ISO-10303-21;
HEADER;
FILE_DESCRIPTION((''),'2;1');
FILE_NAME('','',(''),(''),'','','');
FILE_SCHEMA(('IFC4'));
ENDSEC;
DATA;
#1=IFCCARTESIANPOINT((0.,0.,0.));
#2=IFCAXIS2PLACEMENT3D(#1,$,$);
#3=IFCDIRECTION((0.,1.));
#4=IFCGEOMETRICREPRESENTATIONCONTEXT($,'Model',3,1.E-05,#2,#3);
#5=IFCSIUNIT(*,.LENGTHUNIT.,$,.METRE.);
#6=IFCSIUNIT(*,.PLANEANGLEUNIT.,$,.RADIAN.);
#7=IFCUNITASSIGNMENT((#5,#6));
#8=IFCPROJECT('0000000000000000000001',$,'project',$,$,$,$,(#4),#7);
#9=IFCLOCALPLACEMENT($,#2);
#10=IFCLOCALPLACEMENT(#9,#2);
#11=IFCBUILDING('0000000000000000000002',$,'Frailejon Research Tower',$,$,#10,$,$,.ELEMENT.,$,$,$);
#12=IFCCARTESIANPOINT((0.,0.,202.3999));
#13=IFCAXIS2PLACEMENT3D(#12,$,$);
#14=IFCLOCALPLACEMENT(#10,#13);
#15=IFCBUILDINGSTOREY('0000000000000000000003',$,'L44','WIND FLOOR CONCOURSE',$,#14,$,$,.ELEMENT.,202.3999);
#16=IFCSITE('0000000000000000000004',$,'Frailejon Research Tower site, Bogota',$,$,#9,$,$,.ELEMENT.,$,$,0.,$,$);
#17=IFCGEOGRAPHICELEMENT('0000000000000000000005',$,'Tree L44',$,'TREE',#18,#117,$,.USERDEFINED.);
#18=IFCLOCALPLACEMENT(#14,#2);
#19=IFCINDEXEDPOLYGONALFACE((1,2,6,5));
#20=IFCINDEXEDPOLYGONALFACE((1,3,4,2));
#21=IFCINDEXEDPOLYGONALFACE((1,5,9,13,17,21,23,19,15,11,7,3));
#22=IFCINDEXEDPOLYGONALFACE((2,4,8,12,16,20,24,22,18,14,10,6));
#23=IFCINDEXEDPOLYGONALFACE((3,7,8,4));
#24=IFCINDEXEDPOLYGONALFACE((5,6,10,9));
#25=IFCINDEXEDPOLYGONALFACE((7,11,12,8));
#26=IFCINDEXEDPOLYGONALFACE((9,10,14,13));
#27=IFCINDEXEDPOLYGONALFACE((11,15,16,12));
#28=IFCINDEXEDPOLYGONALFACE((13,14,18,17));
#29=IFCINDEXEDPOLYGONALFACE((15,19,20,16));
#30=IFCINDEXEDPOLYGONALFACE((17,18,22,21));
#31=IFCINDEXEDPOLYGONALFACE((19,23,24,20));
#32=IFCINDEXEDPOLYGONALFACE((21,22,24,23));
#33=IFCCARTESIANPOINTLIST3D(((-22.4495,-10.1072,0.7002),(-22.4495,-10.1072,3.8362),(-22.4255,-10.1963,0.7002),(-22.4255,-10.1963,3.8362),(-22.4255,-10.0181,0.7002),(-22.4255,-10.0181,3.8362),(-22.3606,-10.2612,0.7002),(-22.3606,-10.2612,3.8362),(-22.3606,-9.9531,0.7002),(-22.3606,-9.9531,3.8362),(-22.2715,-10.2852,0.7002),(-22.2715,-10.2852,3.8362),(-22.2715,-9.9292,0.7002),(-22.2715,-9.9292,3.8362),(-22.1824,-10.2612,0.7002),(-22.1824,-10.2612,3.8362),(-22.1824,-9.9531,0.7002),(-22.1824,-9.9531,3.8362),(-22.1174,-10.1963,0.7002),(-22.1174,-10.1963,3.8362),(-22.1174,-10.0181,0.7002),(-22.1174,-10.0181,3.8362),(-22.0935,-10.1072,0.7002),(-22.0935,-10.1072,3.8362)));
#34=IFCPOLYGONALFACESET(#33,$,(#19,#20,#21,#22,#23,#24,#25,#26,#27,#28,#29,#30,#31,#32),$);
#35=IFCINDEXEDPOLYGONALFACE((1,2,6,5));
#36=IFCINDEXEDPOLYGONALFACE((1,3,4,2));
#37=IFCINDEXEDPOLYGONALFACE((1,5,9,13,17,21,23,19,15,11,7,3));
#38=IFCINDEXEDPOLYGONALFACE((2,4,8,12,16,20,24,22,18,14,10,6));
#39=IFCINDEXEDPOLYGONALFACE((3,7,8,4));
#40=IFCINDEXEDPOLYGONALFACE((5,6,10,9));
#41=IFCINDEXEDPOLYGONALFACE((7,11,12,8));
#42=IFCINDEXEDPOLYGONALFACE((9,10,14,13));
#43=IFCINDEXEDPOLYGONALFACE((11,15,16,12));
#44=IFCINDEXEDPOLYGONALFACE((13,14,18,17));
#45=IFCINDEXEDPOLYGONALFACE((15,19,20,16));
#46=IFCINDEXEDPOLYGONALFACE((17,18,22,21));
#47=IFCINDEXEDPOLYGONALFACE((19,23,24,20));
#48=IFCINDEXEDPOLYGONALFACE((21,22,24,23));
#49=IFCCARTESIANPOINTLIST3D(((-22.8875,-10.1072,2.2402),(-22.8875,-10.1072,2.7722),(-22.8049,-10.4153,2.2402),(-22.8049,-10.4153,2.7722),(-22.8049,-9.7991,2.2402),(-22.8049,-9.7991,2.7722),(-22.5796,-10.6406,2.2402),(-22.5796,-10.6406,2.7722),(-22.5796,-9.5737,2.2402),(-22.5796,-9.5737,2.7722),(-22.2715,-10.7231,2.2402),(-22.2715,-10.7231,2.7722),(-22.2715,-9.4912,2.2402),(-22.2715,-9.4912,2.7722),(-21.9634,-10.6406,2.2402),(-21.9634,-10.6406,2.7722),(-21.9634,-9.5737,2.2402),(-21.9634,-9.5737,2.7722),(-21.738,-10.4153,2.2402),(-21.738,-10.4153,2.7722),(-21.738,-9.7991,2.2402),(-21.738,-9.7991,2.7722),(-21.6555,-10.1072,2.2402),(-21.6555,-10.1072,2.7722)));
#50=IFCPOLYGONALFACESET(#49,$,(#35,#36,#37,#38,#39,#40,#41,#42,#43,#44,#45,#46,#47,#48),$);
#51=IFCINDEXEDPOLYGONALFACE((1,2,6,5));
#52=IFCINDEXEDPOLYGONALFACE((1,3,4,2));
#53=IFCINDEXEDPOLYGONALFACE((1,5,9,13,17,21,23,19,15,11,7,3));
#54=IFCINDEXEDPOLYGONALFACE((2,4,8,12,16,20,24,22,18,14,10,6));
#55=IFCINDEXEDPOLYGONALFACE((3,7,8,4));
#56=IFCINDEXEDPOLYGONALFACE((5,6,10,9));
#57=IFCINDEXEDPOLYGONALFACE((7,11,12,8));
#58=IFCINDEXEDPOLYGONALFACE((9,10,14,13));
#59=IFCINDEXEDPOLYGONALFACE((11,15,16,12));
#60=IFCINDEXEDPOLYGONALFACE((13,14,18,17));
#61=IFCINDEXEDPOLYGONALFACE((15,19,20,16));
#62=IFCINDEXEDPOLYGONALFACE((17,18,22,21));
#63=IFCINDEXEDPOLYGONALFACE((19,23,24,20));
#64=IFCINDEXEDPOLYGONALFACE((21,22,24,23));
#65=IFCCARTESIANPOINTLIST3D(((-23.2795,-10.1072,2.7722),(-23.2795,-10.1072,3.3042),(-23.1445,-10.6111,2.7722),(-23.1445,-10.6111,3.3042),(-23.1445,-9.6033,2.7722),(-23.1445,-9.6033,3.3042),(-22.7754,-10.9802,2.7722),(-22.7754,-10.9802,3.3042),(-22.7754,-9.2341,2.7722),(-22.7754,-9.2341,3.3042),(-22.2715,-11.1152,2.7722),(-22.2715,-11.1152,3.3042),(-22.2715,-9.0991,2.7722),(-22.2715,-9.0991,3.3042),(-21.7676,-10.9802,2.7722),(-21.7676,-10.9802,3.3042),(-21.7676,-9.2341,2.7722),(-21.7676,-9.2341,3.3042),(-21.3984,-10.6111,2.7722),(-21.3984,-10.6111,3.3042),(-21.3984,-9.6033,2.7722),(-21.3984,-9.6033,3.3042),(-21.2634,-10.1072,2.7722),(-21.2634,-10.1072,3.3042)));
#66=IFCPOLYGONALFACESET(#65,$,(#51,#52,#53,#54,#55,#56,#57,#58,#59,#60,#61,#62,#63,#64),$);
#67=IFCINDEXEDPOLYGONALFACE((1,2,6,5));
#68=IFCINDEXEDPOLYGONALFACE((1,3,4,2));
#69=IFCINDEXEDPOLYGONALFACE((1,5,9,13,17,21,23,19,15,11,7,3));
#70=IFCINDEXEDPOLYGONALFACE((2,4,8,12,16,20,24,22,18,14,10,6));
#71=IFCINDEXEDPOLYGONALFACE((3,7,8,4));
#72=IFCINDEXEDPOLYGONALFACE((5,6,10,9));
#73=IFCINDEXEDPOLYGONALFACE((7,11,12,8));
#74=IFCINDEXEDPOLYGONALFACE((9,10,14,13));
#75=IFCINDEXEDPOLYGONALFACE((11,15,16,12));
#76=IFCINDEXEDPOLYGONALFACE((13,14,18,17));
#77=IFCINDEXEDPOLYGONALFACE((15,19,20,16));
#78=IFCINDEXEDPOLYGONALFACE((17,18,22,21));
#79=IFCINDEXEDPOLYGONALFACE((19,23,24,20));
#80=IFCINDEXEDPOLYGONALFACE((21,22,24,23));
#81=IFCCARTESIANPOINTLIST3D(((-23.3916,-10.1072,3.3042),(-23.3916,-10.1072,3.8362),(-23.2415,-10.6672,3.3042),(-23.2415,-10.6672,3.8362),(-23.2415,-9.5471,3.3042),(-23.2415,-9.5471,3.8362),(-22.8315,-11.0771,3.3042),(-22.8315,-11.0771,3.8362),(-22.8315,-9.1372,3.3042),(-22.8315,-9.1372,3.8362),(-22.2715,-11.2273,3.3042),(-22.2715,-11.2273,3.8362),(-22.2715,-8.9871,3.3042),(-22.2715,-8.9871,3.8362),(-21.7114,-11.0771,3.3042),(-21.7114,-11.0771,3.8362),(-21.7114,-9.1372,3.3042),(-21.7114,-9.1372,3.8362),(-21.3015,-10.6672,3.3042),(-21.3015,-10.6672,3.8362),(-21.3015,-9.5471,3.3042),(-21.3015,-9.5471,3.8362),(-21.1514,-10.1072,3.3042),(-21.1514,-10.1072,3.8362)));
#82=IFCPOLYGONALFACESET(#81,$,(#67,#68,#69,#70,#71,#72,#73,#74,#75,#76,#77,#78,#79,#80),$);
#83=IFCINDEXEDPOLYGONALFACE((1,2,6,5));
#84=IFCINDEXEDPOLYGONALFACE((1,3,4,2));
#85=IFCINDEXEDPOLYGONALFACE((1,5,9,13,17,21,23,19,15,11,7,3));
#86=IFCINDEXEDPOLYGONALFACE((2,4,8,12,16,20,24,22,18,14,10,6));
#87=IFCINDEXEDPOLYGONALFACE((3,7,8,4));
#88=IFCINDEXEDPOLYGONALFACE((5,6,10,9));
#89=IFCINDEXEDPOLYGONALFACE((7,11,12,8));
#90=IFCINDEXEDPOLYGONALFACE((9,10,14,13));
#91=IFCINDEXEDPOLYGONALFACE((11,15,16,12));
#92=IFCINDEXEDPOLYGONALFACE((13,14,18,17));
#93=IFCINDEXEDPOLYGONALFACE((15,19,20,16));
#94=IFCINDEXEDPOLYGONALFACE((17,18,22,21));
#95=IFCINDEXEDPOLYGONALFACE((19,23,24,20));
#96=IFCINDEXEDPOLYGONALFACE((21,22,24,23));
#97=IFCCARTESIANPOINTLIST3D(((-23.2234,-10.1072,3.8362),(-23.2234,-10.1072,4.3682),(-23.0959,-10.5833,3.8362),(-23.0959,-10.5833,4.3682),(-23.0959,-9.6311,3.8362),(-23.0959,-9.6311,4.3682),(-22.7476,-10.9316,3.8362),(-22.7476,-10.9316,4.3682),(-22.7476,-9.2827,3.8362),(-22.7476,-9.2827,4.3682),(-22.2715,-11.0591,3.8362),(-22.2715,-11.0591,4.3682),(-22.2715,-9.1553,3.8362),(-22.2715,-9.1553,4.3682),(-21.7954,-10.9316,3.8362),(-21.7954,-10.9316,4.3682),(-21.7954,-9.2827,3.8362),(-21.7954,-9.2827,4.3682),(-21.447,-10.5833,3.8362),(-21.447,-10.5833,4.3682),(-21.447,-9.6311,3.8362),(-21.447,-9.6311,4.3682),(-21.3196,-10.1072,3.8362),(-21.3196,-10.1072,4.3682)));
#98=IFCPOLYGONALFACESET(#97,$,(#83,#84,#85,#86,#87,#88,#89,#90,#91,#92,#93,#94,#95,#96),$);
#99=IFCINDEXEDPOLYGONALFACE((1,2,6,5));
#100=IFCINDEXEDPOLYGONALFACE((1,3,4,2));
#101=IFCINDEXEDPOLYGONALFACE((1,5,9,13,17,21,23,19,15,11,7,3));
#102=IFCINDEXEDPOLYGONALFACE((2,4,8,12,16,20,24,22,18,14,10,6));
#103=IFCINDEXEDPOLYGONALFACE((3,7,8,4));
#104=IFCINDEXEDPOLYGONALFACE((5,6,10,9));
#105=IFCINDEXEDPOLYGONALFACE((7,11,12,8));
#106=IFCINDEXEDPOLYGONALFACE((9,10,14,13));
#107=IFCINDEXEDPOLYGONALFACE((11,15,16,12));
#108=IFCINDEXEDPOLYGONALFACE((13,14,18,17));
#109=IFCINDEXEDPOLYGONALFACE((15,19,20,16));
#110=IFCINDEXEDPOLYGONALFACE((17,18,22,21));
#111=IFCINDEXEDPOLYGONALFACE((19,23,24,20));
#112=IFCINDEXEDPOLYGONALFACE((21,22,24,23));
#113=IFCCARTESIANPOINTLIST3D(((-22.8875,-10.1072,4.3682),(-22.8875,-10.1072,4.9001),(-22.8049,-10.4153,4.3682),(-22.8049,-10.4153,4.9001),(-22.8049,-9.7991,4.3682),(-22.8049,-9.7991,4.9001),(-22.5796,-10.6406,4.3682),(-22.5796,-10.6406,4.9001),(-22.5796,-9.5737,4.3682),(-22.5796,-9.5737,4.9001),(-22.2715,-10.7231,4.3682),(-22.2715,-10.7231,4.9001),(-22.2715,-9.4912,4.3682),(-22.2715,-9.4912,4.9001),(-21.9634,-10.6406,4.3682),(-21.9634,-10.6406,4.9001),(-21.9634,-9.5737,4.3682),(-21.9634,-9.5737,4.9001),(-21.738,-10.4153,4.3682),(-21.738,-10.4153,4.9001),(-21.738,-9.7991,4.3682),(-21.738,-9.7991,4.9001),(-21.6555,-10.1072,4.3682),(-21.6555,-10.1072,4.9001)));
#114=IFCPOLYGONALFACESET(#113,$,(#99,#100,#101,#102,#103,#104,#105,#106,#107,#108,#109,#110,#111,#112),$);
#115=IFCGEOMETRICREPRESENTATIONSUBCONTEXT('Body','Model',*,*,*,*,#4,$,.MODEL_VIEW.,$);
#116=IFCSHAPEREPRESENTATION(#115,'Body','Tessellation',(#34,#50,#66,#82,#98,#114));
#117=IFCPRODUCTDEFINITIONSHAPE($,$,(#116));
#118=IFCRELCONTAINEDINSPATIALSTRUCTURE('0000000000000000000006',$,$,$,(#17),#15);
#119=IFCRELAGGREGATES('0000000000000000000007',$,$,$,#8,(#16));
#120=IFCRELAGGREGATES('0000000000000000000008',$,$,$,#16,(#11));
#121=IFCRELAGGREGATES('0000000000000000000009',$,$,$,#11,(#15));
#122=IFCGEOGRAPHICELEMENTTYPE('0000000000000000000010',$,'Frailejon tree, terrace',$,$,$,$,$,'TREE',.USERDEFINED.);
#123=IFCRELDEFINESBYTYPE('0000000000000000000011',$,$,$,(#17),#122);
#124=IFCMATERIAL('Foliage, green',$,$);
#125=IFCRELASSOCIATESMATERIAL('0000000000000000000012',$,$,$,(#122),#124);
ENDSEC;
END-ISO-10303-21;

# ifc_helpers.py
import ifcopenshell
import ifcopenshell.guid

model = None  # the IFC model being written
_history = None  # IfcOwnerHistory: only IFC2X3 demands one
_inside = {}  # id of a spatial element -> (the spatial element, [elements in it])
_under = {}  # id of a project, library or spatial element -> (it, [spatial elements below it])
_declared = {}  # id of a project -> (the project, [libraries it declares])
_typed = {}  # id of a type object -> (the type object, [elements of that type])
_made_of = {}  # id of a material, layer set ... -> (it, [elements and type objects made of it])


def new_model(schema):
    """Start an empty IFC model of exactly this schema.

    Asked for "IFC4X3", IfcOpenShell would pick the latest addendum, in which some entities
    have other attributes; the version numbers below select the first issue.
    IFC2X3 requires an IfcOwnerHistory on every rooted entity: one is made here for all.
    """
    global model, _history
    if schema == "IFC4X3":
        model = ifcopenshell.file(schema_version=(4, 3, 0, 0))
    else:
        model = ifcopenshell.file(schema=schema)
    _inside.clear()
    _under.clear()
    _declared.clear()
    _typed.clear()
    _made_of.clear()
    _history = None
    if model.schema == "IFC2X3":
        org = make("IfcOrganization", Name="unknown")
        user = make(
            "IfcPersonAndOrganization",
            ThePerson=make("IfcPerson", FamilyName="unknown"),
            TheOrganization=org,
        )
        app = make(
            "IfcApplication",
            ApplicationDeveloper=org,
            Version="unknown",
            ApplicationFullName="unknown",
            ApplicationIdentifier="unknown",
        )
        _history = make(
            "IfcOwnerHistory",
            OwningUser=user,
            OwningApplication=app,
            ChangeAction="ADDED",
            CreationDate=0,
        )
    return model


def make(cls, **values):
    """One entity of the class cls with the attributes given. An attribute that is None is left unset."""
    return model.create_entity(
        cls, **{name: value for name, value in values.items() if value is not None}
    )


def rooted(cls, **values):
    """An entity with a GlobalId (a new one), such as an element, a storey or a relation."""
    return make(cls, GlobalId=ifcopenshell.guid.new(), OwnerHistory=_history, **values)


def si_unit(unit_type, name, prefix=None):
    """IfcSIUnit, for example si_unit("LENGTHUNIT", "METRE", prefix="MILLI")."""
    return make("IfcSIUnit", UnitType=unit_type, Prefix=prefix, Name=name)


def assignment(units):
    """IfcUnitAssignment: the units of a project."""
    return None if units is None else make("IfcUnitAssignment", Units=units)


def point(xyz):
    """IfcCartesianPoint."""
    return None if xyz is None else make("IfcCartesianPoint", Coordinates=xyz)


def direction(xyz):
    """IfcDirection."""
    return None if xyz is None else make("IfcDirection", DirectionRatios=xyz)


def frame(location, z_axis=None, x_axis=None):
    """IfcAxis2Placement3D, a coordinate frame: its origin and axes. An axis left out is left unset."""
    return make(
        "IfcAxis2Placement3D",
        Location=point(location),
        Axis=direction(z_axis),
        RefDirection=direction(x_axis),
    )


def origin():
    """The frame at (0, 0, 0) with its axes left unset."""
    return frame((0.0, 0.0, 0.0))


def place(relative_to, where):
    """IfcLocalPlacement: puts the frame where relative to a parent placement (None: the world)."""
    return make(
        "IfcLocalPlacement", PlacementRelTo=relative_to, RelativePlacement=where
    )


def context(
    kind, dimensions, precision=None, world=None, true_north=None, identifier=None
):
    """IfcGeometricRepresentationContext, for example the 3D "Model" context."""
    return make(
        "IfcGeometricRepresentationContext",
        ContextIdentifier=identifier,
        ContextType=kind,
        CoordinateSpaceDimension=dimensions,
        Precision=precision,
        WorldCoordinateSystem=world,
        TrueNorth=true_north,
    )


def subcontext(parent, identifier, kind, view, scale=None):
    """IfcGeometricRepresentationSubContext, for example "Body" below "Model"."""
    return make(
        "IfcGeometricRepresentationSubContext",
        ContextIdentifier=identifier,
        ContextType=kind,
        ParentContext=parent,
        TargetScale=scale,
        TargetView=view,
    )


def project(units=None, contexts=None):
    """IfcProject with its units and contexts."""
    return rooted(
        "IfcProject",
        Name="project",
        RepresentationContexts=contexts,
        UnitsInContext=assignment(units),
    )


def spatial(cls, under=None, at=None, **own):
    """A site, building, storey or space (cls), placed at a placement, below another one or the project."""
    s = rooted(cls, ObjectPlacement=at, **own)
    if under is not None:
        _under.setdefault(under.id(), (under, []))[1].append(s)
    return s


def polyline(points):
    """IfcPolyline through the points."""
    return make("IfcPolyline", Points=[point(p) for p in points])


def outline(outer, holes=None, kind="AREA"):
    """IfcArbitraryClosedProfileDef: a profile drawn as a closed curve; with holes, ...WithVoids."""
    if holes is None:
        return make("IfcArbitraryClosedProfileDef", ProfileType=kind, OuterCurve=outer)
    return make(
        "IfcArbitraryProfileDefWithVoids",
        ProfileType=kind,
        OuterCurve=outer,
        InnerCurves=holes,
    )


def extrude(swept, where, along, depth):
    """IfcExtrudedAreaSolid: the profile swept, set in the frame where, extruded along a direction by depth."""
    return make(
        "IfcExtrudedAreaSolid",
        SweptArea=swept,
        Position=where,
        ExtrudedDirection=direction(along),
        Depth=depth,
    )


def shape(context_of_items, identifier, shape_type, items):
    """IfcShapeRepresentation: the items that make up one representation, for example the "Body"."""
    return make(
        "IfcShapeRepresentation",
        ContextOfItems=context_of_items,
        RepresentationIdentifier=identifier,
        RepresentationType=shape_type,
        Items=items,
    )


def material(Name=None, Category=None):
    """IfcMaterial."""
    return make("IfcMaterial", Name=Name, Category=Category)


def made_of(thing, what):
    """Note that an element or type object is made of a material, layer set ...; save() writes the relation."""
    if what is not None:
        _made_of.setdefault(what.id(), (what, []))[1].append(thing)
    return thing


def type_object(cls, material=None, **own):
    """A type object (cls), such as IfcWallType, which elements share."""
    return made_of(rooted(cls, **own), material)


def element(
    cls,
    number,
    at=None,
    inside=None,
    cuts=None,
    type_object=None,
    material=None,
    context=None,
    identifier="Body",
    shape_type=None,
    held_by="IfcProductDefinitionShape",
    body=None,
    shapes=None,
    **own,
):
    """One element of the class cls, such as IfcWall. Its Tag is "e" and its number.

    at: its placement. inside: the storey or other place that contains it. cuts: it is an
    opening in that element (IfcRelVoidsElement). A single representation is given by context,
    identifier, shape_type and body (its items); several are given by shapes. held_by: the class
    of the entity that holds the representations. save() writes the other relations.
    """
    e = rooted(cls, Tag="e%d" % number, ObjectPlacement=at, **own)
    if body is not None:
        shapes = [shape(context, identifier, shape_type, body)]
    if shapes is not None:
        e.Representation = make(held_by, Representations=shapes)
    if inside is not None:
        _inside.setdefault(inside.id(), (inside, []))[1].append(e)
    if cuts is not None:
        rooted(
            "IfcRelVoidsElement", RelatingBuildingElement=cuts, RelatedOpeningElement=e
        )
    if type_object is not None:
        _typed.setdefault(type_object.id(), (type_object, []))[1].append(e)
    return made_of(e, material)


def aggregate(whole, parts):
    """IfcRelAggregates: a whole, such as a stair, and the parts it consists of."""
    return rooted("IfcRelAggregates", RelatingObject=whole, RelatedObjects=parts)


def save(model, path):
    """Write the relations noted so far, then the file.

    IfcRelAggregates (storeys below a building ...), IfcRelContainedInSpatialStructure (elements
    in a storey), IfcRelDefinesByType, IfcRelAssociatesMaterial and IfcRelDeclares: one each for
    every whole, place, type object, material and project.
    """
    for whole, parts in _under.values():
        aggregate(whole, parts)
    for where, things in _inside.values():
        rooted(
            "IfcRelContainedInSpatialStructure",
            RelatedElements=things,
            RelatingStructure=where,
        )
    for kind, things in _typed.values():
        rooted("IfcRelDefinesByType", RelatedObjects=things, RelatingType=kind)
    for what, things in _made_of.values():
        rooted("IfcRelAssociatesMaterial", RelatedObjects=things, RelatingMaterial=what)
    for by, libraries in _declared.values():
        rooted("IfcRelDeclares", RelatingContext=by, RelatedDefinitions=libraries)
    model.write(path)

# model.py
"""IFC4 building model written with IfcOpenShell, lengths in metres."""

from ifc_helpers import new_model, si_unit, direction, frame, origin, place, context, subcontext, project, spatial, polyline, outline, extrude, material, type_object, element, save


model = new_model("IFC4")

# Units and contexts
model_context = context("Model", 3, precision=1e-05, world=origin(), true_north=direction((0.0, 1.0)))
body_context = subcontext(model_context, "Body", "Model", "MODEL_VIEW")
ifc_project = project(units=[si_unit("LENGTHUNIT", "METRE"), si_unit("PLANEANGLEUNIT", "RADIAN")], contexts=[model_context])

# Site, building, storey
site_placement = place(None, origin())
site = spatial("IfcSite", under=ifc_project, at=site_placement, Name="Frailejon Research Tower site, Bogota", CompositionType="ELEMENT", RefElevation=0.0)
building_placement = place(site_placement, origin())
building = spatial("IfcBuilding", under=site, at=building_placement, Name="Frailejon Research Tower", CompositionType="ELEMENT")
storey_placement = place(building_placement, frame((0.0, 0.0, 202.3999)))
storey = spatial("IfcBuildingStorey", under=building, at=storey_placement, Name="L44", Description="WIND FLOOR CONCOURSE", CompositionType="ELEMENT", Elevation=202.3999)

# Geographic element
ifc_material_1 = material(Name="Foliage, green")
geographic_element_type = type_object("IfcGeographicElementType", Name="Frailejon tree, terrace", ElementType="TREE", PredefinedType="USERDEFINED", material=ifc_material_1)
geographic_element_placement = place(storey_placement, frame((-22.2715, -10.1072, 0.7002)))
element("IfcGeographicElement", 1, at=geographic_element_placement, inside=storey, type_object=geographic_element_type, Name="Tree L44", ObjectType="TREE", PredefinedType="USERDEFINED", context=body_context, shape_type="SweptSolid", body=[
    extrude(outline(polyline([(0.178, 0.0), (0.1541, 0.0891), (0.0891, 0.1541), (0.0, 0.178), (-0.0891, 0.1541), (-0.1541, 0.0891), (-0.178, 0.0), (-0.1541, -0.0891), (-0.0891, -0.1541), (0.0, -0.178), (0.0891, -0.1541), (0.1541, -0.0891), (0.178, 0.0)])), origin(), (0.0, 0.0, 1.0), 3.136),
    extrude(outline(polyline([(0.616, 0.0), (0.5334, 0.3081), (0.3081, 0.5334), (0.0, 0.616), (-0.3081, 0.5334), (-0.5334, 0.3081), (-0.616, 0.0), (-0.5334, -0.3081), (-0.3081, -0.5334), (0.0, -0.616), (0.3081, -0.5334), (0.5334, -0.3081), (0.616, 0.0)])), frame((0.0, 0.0, 1.54)), (0.0, 0.0, 1.0), 0.532),
    extrude(outline(polyline([(1.0081, 0.0), (0.873, 0.5039), (0.5039, 0.873), (0.0, 1.0081), (-0.5039, 0.873), (-0.873, 0.5039), (-1.0081, 0.0), (-0.873, -0.5039), (-0.5039, -0.873), (0.0, -1.0081), (0.5039, -0.873), (0.873, -0.5039), (1.0081, 0.0)])), frame((0.0, 0.0, 2.072)), (0.0, 0.0, 1.0), 0.532),
    extrude(outline(polyline([(1.1201, 0.0), (0.97, 0.5601), (0.5601, 0.97), (0.0, 1.1201), (-0.5601, 0.97), (-0.97, 0.5601), (-1.1201, 0.0), (-0.97, -0.5601), (-0.5601, -0.97), (0.0, -1.1201), (0.5601, -0.97), (0.97, -0.5601), (1.1201, 0.0)])), frame((0.0, 0.0, 2.604)), (0.0, 0.0, 1.0), 0.532),
    extrude(outline(polyline([(0.9519, 0.0), (0.8245, 0.4761), (0.4761, 0.8245), (0.0, 0.9519), (-0.4761, 0.8245), (-0.8245, 0.4761), (-0.9519, 0.0), (-0.8245, -0.4761), (-0.4761, -0.8245), (0.0, -0.9519), (0.4761, -0.8245), (0.8245, -0.4761), (0.9519, 0.0)])), frame((0.0, 0.0, 3.136)), (0.0, 0.0, 1.0), 0.532),
    extrude(outline(polyline([(0.616, 0.0), (0.5334, 0.3081), (0.3081, 0.5334), (0.0, 0.616), (-0.3081, 0.5334), (-0.5334, 0.3081), (-0.616, 0.0), (-0.5334, -0.3081), (-0.3081, -0.5334), (0.0, -0.616), (0.3081, -0.5334), (0.5334, -0.3081), (0.616, 0.0)])), frame((0.0, 0.0, 3.668)), (0.0, 0.0, 1.0), 0.532),
])

save(model, "model.ifc")
